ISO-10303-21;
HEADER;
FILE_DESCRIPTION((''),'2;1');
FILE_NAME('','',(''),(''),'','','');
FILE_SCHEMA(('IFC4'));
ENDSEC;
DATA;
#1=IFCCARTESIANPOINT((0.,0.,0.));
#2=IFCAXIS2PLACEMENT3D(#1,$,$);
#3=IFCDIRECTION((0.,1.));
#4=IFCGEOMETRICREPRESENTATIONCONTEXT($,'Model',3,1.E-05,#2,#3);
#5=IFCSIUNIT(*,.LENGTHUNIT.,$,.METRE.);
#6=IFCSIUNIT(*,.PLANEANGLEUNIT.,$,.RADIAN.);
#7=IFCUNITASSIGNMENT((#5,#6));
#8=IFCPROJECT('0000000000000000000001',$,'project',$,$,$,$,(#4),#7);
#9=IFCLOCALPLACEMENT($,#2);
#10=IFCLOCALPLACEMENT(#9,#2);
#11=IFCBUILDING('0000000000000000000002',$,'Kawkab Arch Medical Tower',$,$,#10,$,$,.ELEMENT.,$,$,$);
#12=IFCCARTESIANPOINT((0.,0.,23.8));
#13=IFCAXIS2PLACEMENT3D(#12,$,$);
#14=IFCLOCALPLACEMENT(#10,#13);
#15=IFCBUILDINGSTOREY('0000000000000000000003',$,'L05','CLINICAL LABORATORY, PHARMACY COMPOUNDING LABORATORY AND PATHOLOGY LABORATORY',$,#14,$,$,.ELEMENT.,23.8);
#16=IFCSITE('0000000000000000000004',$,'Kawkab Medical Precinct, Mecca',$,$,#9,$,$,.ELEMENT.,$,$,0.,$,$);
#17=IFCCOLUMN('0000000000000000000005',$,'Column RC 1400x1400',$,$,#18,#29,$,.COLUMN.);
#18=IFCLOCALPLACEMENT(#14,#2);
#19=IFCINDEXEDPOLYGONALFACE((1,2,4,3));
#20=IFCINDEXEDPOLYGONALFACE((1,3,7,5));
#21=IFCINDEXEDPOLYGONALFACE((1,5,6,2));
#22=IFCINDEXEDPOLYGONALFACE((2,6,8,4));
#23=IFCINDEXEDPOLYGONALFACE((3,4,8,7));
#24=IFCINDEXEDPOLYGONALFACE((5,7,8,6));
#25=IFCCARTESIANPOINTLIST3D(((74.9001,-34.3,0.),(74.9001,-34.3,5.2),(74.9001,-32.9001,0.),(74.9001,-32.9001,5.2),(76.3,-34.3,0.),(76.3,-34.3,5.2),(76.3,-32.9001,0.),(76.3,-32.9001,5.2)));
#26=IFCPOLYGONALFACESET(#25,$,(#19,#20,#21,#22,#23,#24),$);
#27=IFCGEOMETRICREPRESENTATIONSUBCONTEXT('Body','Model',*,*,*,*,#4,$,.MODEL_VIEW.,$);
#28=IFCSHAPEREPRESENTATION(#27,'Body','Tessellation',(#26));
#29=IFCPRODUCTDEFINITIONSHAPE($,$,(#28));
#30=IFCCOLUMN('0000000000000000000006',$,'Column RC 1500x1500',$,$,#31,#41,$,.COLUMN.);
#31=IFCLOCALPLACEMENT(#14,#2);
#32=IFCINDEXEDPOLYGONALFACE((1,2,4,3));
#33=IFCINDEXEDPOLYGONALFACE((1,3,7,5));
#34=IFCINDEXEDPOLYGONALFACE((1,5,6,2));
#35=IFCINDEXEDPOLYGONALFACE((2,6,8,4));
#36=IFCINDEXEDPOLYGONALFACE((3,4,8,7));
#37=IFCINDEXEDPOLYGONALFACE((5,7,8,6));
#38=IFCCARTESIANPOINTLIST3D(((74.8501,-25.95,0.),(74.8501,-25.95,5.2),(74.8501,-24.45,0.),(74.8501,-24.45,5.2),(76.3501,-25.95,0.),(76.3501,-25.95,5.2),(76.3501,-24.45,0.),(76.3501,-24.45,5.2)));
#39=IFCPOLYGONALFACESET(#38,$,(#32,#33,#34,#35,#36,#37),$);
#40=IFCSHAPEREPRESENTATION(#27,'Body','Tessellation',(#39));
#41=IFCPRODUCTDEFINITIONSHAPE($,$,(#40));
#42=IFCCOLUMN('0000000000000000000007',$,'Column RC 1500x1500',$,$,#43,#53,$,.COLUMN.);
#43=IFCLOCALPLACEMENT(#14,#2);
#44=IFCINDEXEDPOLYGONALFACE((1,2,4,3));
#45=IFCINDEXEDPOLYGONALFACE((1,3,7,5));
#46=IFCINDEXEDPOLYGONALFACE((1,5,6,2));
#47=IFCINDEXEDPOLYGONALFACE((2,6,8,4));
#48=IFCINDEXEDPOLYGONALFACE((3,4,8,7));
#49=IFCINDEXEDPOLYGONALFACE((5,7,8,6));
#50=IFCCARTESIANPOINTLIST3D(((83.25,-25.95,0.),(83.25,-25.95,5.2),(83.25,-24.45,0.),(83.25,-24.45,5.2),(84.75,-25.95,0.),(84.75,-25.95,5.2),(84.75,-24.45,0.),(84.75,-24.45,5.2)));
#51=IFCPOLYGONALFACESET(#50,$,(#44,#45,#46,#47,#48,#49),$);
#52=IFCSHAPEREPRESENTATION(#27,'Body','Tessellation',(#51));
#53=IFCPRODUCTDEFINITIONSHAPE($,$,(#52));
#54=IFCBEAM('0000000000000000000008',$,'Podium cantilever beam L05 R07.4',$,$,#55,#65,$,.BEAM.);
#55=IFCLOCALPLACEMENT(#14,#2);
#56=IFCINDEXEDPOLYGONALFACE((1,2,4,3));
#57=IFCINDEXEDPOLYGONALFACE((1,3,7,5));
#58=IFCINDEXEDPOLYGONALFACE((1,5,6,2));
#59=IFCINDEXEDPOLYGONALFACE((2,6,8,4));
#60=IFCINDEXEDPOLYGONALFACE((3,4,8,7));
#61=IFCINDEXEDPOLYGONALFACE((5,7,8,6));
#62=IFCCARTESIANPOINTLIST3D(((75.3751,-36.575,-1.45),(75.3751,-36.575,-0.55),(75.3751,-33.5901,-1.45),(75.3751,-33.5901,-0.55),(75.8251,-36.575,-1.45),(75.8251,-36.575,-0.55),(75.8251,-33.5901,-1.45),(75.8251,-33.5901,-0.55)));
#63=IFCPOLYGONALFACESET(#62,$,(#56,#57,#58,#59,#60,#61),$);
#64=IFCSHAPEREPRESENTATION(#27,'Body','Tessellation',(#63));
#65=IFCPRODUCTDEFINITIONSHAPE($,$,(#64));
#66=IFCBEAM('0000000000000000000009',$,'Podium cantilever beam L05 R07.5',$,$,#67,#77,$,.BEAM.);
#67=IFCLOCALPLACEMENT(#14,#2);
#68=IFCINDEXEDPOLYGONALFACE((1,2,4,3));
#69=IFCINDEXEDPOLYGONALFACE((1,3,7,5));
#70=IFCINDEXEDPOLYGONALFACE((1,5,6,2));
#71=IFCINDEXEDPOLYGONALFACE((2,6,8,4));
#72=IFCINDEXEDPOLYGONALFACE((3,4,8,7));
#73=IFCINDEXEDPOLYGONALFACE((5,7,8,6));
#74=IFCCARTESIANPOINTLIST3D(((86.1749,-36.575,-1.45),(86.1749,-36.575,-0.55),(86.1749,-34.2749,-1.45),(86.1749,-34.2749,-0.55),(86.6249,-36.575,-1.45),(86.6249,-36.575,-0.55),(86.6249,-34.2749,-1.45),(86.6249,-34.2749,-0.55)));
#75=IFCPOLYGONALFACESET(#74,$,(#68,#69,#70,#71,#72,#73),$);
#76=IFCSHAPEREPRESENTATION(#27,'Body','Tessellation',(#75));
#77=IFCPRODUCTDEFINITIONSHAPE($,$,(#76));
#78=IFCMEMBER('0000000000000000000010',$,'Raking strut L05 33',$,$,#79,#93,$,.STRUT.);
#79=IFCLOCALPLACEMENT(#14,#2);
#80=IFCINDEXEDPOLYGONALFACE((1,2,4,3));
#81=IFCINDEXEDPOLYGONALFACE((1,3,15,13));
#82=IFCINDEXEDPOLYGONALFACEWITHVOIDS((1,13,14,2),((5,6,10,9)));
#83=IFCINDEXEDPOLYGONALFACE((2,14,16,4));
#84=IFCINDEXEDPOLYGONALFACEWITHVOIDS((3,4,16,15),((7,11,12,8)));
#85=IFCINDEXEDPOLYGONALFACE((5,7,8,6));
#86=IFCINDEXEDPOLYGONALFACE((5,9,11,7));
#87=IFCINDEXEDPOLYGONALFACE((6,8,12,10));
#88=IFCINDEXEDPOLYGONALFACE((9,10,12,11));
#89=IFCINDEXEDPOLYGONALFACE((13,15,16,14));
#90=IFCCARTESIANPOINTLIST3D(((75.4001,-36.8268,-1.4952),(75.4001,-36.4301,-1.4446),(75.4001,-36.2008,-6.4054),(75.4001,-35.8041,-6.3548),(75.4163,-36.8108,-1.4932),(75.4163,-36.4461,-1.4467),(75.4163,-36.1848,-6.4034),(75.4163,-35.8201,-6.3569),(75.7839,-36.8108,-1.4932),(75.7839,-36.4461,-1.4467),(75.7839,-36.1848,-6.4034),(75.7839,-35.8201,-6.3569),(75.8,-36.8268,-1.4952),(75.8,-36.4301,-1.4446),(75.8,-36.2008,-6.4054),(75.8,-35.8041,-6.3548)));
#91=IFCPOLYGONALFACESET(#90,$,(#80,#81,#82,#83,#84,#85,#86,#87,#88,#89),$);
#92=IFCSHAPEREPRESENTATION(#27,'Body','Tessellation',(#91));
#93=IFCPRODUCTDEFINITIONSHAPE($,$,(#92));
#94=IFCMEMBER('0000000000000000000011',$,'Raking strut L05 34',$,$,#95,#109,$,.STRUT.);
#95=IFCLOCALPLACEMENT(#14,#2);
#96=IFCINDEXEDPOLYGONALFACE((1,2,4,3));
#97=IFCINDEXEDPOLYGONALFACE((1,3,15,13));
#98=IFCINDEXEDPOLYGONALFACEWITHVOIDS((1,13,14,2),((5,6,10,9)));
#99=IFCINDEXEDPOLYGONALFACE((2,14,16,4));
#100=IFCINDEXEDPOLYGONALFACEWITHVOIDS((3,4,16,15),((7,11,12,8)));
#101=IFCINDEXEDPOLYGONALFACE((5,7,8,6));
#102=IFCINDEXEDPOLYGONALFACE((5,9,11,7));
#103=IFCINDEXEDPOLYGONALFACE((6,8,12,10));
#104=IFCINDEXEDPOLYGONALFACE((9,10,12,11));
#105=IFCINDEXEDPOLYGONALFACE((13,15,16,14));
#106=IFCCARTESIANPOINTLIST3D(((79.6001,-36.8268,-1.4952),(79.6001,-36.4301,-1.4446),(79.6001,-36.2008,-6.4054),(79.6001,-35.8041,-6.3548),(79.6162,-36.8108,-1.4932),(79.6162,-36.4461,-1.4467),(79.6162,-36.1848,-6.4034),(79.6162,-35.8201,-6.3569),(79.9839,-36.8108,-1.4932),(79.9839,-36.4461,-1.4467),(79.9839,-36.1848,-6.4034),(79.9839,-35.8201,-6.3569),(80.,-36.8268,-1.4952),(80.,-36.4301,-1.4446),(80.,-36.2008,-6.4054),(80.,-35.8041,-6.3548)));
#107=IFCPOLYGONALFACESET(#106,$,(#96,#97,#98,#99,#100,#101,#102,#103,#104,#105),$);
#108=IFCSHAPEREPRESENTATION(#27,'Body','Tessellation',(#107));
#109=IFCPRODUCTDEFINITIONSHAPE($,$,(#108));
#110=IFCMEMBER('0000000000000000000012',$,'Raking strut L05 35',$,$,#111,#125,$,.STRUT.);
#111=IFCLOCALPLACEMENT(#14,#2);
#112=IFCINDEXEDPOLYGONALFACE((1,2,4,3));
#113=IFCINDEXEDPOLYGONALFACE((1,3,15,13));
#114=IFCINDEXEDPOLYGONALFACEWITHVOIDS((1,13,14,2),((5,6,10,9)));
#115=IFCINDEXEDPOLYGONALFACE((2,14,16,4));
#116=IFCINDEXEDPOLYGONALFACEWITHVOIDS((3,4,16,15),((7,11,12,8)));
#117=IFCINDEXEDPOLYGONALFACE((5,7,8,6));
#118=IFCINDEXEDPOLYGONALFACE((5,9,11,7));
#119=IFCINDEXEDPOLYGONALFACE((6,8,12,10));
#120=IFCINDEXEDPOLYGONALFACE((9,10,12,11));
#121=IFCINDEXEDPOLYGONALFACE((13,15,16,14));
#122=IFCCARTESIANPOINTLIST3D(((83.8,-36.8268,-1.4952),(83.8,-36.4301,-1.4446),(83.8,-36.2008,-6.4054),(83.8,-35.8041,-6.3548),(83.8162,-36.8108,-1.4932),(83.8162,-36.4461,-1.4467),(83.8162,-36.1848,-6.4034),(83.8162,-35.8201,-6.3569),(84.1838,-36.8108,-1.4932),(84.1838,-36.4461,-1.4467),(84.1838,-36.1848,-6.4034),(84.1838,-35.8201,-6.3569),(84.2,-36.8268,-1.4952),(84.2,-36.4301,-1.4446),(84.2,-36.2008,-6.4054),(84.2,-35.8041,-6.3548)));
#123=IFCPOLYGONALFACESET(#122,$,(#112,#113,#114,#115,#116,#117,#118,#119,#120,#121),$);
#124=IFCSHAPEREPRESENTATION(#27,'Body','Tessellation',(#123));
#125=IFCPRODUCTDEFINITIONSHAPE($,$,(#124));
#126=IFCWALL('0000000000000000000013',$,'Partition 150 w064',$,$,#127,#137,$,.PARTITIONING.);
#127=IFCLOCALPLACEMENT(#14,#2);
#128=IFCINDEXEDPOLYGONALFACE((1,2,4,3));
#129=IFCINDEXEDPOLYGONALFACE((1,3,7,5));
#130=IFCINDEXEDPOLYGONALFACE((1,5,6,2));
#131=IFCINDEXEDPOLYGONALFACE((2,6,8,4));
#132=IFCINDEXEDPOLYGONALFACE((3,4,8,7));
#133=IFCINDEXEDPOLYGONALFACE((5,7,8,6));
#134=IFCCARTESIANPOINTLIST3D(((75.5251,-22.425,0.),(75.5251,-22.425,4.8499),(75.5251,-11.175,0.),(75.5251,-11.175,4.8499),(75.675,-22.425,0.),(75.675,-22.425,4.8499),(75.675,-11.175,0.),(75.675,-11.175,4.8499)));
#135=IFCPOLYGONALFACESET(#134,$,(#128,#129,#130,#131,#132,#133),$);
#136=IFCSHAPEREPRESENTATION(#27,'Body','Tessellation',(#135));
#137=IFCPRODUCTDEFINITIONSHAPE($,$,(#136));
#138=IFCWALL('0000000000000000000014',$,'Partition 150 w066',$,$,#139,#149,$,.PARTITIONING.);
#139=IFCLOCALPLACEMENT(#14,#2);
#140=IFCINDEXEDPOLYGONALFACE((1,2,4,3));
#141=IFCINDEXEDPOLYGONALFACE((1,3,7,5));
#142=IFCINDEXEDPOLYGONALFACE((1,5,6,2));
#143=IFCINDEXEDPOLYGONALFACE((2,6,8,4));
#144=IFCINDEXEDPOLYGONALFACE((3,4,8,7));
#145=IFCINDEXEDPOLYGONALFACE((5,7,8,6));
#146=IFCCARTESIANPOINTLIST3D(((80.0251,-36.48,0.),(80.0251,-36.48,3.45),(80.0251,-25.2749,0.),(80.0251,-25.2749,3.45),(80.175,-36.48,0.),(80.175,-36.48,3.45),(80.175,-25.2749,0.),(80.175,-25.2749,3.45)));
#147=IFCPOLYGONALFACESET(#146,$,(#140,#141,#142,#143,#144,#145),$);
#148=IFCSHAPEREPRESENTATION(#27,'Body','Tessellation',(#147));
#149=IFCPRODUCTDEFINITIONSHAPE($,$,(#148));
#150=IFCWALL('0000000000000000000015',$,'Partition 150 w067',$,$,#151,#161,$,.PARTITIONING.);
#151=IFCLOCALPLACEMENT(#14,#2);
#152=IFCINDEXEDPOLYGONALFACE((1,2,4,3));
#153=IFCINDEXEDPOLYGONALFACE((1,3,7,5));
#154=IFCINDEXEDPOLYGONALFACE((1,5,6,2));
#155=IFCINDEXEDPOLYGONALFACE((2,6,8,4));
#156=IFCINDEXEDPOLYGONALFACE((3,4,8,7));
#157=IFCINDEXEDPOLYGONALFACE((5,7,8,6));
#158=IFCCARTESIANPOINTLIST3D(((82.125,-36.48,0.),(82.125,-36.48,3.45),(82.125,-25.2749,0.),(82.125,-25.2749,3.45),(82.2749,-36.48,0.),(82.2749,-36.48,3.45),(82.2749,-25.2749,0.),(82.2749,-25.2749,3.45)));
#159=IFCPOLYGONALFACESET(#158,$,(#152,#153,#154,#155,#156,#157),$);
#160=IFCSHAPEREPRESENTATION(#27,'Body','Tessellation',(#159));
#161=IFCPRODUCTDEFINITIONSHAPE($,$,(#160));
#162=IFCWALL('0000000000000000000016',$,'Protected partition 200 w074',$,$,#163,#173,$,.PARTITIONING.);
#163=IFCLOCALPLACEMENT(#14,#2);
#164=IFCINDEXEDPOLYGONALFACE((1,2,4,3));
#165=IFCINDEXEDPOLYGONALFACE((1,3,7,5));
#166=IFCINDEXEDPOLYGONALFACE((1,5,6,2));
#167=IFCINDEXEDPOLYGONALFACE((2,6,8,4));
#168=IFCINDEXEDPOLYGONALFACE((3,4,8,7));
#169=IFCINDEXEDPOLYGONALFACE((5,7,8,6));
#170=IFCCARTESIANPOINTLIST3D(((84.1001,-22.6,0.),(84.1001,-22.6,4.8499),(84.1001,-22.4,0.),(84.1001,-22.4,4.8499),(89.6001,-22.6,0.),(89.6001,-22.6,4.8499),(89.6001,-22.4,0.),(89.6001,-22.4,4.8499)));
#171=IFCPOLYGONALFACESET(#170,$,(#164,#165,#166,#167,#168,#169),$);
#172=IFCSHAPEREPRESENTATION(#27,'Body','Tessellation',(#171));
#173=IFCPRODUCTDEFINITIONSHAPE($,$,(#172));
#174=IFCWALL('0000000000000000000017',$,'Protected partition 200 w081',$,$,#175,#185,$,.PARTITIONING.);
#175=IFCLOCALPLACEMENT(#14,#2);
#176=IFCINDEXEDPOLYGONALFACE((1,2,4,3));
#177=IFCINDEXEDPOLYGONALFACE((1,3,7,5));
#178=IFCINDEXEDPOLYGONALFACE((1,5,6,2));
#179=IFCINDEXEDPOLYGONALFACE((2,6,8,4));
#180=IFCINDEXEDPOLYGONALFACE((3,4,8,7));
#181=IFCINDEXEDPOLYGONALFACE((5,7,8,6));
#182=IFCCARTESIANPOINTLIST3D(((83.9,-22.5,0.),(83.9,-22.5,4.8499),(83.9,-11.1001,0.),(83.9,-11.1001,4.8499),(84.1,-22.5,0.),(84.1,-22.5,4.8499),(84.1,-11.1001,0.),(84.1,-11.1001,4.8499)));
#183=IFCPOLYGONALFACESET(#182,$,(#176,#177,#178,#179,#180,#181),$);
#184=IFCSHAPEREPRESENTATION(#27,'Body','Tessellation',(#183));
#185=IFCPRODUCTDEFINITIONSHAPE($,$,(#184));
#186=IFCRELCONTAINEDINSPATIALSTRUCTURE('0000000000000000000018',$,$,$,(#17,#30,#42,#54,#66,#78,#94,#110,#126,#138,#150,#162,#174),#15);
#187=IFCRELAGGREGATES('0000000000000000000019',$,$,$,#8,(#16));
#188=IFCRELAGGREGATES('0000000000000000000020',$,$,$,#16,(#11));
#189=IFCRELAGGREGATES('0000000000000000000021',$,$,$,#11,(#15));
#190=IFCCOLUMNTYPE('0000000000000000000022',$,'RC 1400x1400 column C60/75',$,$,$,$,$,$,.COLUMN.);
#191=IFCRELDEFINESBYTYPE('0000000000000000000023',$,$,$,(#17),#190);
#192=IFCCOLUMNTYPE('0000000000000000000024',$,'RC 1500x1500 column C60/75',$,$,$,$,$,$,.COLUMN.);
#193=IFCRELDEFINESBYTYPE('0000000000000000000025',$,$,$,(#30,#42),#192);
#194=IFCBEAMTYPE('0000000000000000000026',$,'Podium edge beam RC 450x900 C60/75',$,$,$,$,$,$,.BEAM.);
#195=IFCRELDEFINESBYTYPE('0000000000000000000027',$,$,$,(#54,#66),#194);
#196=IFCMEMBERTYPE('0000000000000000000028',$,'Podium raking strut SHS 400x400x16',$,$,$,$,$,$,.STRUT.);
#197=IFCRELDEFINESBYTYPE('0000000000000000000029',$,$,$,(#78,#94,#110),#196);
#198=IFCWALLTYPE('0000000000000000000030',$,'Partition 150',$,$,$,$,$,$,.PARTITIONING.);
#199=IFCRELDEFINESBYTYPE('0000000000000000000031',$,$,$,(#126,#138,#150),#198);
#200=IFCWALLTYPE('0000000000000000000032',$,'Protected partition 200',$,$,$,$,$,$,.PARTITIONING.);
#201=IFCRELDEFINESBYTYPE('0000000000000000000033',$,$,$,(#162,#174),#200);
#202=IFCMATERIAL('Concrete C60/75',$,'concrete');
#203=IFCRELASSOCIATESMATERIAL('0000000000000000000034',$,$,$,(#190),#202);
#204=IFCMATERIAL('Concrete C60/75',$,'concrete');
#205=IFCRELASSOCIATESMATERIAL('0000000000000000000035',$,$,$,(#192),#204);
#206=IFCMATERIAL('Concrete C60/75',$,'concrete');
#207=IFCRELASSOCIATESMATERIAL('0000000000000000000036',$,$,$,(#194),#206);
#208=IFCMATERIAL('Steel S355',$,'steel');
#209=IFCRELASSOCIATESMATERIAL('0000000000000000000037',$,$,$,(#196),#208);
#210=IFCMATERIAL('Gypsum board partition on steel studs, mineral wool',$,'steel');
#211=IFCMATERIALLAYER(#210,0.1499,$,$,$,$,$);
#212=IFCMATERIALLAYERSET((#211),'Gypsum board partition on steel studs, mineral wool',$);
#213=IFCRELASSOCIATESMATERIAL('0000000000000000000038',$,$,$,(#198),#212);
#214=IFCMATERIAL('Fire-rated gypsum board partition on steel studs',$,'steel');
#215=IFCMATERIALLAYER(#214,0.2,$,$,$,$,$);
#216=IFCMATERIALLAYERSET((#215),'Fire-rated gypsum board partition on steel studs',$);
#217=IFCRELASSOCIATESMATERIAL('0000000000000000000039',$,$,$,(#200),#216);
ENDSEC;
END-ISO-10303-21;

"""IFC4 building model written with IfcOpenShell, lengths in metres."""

from ifc_helpers import new_model, si_unit, direction, frame, frame_2d, origin, origin_2d, place, context, subcontext, project, spatial, rectangle, hollow_rectangle, extrude, material, layer, layer_set, material_profile, profile_set, type_object, element, save


model = new_model("IFC4")

# Units and contexts
model_context = context("Model", 3, precision=1e-05, world=origin(), true_north=direction((0.0, 1.0)))
body_context = subcontext(model_context, "Body", "Model", "MODEL_VIEW")
ifc_project = project(units=[si_unit("LENGTHUNIT", "METRE"), si_unit("PLANEANGLEUNIT", "RADIAN")], contexts=[model_context])

# Site, building, storey
site_placement = place(None, origin())
site = spatial("IfcSite", under=ifc_project, at=site_placement, Name="Kawkab Medical Precinct, Mecca", CompositionType="ELEMENT", RefElevation=0.0)
building_placement = place(site_placement, origin())
building = spatial("IfcBuilding", under=site, at=building_placement, Name="Kawkab Arch Medical Tower", CompositionType="ELEMENT")
storey_placement = place(building_placement, frame((0.0, 0.0, 23.8)))
storey = spatial("IfcBuildingStorey", under=building, at=storey_placement, Name="L05", Description="CLINICAL LABORATORY, PHARMACY COMPOUNDING LABORATORY AND PATHOLOGY LABORATORY", CompositionType="ELEMENT", Elevation=23.8)

# Columns
ifc_material_1 = material(Name="Concrete C60/75", Category="concrete")
ifc_material_profile_1 = material_profile(ifc_material_1, rectangle(XDim=1.3999, YDim=1.3999, at=origin_2d()), Name="RC 1400x1400")
ifc_profile_set_1 = profile_set([ifc_material_profile_1], Name="Concrete C60/75")
column_type_1 = type_object("IfcColumnType", Name="RC 1400x1400 column C60/75", PredefinedType="COLUMN", material=ifc_profile_set_1)
column_placement = place(storey_placement, frame((75.6001, -33.6001, 0.0), z_axis=(0.0, 0.0, 1.0), x_axis=(1.0, 0.0, 0.0)))
element("IfcColumn", 1, at=column_placement, inside=storey, type_object=column_type_1, Name="Column RC 1400x1400", PredefinedType="COLUMN", context=body_context, shape_type="SweptSolid", body=[
    extrude(rectangle(XDim=1.3999, YDim=1.3999, at=origin_2d()), origin(), (0.0, 0.0, 1.0), 5.2),
])
ifc_material_2 = material(Name="Concrete C60/75", Category="concrete")
ifc_material_profile_2 = material_profile(ifc_material_2, rectangle(XDim=1.5, YDim=1.5, at=origin_2d()), Name="RC 1500x1500")
ifc_profile_set_2 = profile_set([ifc_material_profile_2], Name="Concrete C60/75")
column_type_2 = type_object("IfcColumnType", Name="RC 1500x1500 column C60/75", PredefinedType="COLUMN", material=ifc_profile_set_2)
for number, where, z_axis, x_axis, name in (
    (2, (75.6001, -25.2, 0.0), (0.0, 0.0, 1.0), (1.0, 0.0, 0.0), "Column RC 1500x1500"),
    (3, (84.0, -25.2, 0.0), (0.0, 0.0, 1.0), (1.0, 0.0, 0.0), "Column RC 1500x1500"),
):
    element("IfcColumn", number, at=place(storey_placement, frame(where, z_axis=z_axis, x_axis=x_axis)), inside=storey, type_object=column_type_2, Name=name, PredefinedType="COLUMN", context=body_context, shape_type="SweptSolid", body=[
        extrude(rectangle(XDim=1.5, YDim=1.5, at=origin_2d()), origin(), (0.0, 0.0, 1.0), 5.2),
    ])

# Beams
ifc_material_3 = material(Name="Concrete C60/75", Category="concrete")
ifc_material_profile_3 = material_profile(ifc_material_3, rectangle(XDim=0.45, YDim=0.8999, at=origin_2d()), Name="RC 450x900")
ifc_profile_set_3 = profile_set([ifc_material_profile_3], Name="Concrete C60/75")
beam_type = type_object("IfcBeamType", Name="Podium edge beam RC 450x900 C60/75", PredefinedType="BEAM", material=ifc_profile_set_3)
beam_1_placement = place(storey_placement, frame((75.6001, -33.5901, -1.0), z_axis=(0.0, -1.0, 0.0), x_axis=(1.0, 0.0, 0.0)))
element("IfcBeam", 4, at=beam_1_placement, inside=storey, type_object=beam_type, Name="Podium cantilever beam L05 R07.4", PredefinedType="BEAM", context=body_context, shape_type="SweptSolid", body=[
    extrude(rectangle(XDim=0.45, YDim=0.8999, at=origin_2d()), origin(), (0.0, 0.0, 1.0), 2.9849),
])
beam_2_placement = place(storey_placement, frame((86.3999, -34.2749, -1.0), z_axis=(0.0, -1.0, 0.0), x_axis=(1.0, 0.0, 0.0)))
element("IfcBeam", 5, at=beam_2_placement, inside=storey, type_object=beam_type, Name="Podium cantilever beam L05 R07.5", PredefinedType="BEAM", context=body_context, shape_type="SweptSolid", body=[
    extrude(rectangle(XDim=0.45, YDim=0.8999, at=origin_2d()), origin(), (0.0, 0.0, 1.0), 2.3),
])

# Members
ifc_material_4 = material(Name="Steel S355", Category="steel")
ifc_material_profile_4 = material_profile(ifc_material_4, hollow_rectangle(XDim=0.3999, YDim=0.3999, WallThickness=0.0161, at=origin_2d()), Name="SHS 400x400x16")
ifc_profile_set_4 = profile_set([ifc_material_profile_4], Name="Steel S355")
member_type = type_object("IfcMemberType", Name="Podium raking strut SHS 400x400x16", PredefinedType="STRUT", material=ifc_profile_set_4)
for number, where, z_axis, x_axis, name in (
    (6, (75.6001, -36.0024, -6.3801), (0.0, -0.126463, 0.991971), (1.0, 0.0, 0.0), "Raking strut L05 33"),
    (7, (79.8, -36.0024, -6.3801), (0.0, -0.126463, 0.991971), (1.0, 0.0, 0.0), "Raking strut L05 34"),
    (8, (84.0, -36.0024, -6.3801), (0.0, -0.126463, 0.991971), (1.0, 0.0, 0.0), "Raking strut L05 35"),
):
    element("IfcMember", number, at=place(storey_placement, frame(where, z_axis=z_axis, x_axis=x_axis)), inside=storey, type_object=member_type, Name=name, PredefinedType="STRUT", context=body_context, shape_type="SweptSolid", body=[
        extrude(hollow_rectangle(XDim=0.3999, YDim=0.3999, WallThickness=0.0161, at=origin_2d()), origin(), (0.0, 0.0, 1.0), 4.95),
    ])

# Walls
ifc_material_5 = material(Name="Gypsum board partition on steel studs, mineral wool", Category="steel")
ifc_layer_1 = layer(ifc_material_5, 0.1499)
ifc_layer_set_1 = layer_set([ifc_layer_1], Name="Gypsum board partition on steel studs, mineral wool")
wall_type_1 = type_object("IfcWallType", Name="Partition 150", PredefinedType="PARTITIONING", material=ifc_layer_set_1)
wall_1_placement = place(storey_placement, frame((75.6001, -22.425, 0.0), z_axis=(0.0, 0.0, 1.0), x_axis=(0.0, 1.0, 0.0)))
element("IfcWall", 9, at=wall_1_placement, inside=storey, type_object=wall_type_1, Name="Partition 150 w064", PredefinedType="PARTITIONING", context=body_context, shape_type="SweptSolid", body=[
    extrude(rectangle(XDim=11.25, YDim=0.1499, at=frame_2d((5.625, 0.0))), origin(), (0.0, 0.0, 1.0), 4.8499),
])
for number, where, z_axis, x_axis, name in (
    (10, (80.1001, -36.48, 0.0), (0.0, 0.0, 1.0), (0.0, 1.0, 0.0), "Partition 150 w066"),
    (11, (82.2, -36.48, 0.0), (0.0, 0.0, 1.0), (0.0, 1.0, 0.0), "Partition 150 w067"),
):
    element("IfcWall", number, at=place(storey_placement, frame(where, z_axis=z_axis, x_axis=x_axis)), inside=storey, type_object=wall_type_1, Name=name, PredefinedType="PARTITIONING", context=body_context, shape_type="SweptSolid", body=[
        extrude(rectangle(XDim=11.2051, YDim=0.1499, at=frame_2d((5.6025, 0.0))), origin(), (0.0, 0.0, 1.0), 3.45),
    ])
ifc_material_6 = material(Name="Fire-rated gypsum board partition on steel studs", Category="steel")
ifc_layer_2 = layer(ifc_material_6, 0.2)
ifc_layer_set_2 = layer_set([ifc_layer_2], Name="Fire-rated gypsum board partition on steel studs")
wall_type_2 = type_object("IfcWallType", Name="Protected partition 200", PredefinedType="PARTITIONING", material=ifc_layer_set_2)
wall_2_placement = place(storey_placement, frame((84.1001, -22.5, 0.0), z_axis=(0.0, 0.0, 1.0), x_axis=(1.0, 0.0, 0.0)))
element("IfcWall", 12, at=wall_2_placement, inside=storey, type_object=wall_type_2, Name="Protected partition 200 w074", PredefinedType="PARTITIONING", context=body_context, shape_type="SweptSolid", body=[
    extrude(rectangle(XDim=5.5, YDim=0.2, at=frame_2d((2.75, 0.0))), origin(), (0.0, 0.0, 1.0), 4.8499),
])
wall_3_placement = place(storey_placement, frame((84.0, -22.5, 0.0), z_axis=(0.0, 0.0, 1.0), x_axis=(0.0, 1.0, 0.0)))
element("IfcWall", 13, at=wall_3_placement, inside=storey, type_object=wall_type_2, Name="Protected partition 200 w081", PredefinedType="PARTITIONING", context=body_context, shape_type="SweptSolid", body=[
    extrude(rectangle(XDim=11.3999, YDim=0.2, at=frame_2d((5.7, 0.0))), origin(), (0.0, 0.0, 1.0), 4.8499),
])

save(model, "model.ifc")
